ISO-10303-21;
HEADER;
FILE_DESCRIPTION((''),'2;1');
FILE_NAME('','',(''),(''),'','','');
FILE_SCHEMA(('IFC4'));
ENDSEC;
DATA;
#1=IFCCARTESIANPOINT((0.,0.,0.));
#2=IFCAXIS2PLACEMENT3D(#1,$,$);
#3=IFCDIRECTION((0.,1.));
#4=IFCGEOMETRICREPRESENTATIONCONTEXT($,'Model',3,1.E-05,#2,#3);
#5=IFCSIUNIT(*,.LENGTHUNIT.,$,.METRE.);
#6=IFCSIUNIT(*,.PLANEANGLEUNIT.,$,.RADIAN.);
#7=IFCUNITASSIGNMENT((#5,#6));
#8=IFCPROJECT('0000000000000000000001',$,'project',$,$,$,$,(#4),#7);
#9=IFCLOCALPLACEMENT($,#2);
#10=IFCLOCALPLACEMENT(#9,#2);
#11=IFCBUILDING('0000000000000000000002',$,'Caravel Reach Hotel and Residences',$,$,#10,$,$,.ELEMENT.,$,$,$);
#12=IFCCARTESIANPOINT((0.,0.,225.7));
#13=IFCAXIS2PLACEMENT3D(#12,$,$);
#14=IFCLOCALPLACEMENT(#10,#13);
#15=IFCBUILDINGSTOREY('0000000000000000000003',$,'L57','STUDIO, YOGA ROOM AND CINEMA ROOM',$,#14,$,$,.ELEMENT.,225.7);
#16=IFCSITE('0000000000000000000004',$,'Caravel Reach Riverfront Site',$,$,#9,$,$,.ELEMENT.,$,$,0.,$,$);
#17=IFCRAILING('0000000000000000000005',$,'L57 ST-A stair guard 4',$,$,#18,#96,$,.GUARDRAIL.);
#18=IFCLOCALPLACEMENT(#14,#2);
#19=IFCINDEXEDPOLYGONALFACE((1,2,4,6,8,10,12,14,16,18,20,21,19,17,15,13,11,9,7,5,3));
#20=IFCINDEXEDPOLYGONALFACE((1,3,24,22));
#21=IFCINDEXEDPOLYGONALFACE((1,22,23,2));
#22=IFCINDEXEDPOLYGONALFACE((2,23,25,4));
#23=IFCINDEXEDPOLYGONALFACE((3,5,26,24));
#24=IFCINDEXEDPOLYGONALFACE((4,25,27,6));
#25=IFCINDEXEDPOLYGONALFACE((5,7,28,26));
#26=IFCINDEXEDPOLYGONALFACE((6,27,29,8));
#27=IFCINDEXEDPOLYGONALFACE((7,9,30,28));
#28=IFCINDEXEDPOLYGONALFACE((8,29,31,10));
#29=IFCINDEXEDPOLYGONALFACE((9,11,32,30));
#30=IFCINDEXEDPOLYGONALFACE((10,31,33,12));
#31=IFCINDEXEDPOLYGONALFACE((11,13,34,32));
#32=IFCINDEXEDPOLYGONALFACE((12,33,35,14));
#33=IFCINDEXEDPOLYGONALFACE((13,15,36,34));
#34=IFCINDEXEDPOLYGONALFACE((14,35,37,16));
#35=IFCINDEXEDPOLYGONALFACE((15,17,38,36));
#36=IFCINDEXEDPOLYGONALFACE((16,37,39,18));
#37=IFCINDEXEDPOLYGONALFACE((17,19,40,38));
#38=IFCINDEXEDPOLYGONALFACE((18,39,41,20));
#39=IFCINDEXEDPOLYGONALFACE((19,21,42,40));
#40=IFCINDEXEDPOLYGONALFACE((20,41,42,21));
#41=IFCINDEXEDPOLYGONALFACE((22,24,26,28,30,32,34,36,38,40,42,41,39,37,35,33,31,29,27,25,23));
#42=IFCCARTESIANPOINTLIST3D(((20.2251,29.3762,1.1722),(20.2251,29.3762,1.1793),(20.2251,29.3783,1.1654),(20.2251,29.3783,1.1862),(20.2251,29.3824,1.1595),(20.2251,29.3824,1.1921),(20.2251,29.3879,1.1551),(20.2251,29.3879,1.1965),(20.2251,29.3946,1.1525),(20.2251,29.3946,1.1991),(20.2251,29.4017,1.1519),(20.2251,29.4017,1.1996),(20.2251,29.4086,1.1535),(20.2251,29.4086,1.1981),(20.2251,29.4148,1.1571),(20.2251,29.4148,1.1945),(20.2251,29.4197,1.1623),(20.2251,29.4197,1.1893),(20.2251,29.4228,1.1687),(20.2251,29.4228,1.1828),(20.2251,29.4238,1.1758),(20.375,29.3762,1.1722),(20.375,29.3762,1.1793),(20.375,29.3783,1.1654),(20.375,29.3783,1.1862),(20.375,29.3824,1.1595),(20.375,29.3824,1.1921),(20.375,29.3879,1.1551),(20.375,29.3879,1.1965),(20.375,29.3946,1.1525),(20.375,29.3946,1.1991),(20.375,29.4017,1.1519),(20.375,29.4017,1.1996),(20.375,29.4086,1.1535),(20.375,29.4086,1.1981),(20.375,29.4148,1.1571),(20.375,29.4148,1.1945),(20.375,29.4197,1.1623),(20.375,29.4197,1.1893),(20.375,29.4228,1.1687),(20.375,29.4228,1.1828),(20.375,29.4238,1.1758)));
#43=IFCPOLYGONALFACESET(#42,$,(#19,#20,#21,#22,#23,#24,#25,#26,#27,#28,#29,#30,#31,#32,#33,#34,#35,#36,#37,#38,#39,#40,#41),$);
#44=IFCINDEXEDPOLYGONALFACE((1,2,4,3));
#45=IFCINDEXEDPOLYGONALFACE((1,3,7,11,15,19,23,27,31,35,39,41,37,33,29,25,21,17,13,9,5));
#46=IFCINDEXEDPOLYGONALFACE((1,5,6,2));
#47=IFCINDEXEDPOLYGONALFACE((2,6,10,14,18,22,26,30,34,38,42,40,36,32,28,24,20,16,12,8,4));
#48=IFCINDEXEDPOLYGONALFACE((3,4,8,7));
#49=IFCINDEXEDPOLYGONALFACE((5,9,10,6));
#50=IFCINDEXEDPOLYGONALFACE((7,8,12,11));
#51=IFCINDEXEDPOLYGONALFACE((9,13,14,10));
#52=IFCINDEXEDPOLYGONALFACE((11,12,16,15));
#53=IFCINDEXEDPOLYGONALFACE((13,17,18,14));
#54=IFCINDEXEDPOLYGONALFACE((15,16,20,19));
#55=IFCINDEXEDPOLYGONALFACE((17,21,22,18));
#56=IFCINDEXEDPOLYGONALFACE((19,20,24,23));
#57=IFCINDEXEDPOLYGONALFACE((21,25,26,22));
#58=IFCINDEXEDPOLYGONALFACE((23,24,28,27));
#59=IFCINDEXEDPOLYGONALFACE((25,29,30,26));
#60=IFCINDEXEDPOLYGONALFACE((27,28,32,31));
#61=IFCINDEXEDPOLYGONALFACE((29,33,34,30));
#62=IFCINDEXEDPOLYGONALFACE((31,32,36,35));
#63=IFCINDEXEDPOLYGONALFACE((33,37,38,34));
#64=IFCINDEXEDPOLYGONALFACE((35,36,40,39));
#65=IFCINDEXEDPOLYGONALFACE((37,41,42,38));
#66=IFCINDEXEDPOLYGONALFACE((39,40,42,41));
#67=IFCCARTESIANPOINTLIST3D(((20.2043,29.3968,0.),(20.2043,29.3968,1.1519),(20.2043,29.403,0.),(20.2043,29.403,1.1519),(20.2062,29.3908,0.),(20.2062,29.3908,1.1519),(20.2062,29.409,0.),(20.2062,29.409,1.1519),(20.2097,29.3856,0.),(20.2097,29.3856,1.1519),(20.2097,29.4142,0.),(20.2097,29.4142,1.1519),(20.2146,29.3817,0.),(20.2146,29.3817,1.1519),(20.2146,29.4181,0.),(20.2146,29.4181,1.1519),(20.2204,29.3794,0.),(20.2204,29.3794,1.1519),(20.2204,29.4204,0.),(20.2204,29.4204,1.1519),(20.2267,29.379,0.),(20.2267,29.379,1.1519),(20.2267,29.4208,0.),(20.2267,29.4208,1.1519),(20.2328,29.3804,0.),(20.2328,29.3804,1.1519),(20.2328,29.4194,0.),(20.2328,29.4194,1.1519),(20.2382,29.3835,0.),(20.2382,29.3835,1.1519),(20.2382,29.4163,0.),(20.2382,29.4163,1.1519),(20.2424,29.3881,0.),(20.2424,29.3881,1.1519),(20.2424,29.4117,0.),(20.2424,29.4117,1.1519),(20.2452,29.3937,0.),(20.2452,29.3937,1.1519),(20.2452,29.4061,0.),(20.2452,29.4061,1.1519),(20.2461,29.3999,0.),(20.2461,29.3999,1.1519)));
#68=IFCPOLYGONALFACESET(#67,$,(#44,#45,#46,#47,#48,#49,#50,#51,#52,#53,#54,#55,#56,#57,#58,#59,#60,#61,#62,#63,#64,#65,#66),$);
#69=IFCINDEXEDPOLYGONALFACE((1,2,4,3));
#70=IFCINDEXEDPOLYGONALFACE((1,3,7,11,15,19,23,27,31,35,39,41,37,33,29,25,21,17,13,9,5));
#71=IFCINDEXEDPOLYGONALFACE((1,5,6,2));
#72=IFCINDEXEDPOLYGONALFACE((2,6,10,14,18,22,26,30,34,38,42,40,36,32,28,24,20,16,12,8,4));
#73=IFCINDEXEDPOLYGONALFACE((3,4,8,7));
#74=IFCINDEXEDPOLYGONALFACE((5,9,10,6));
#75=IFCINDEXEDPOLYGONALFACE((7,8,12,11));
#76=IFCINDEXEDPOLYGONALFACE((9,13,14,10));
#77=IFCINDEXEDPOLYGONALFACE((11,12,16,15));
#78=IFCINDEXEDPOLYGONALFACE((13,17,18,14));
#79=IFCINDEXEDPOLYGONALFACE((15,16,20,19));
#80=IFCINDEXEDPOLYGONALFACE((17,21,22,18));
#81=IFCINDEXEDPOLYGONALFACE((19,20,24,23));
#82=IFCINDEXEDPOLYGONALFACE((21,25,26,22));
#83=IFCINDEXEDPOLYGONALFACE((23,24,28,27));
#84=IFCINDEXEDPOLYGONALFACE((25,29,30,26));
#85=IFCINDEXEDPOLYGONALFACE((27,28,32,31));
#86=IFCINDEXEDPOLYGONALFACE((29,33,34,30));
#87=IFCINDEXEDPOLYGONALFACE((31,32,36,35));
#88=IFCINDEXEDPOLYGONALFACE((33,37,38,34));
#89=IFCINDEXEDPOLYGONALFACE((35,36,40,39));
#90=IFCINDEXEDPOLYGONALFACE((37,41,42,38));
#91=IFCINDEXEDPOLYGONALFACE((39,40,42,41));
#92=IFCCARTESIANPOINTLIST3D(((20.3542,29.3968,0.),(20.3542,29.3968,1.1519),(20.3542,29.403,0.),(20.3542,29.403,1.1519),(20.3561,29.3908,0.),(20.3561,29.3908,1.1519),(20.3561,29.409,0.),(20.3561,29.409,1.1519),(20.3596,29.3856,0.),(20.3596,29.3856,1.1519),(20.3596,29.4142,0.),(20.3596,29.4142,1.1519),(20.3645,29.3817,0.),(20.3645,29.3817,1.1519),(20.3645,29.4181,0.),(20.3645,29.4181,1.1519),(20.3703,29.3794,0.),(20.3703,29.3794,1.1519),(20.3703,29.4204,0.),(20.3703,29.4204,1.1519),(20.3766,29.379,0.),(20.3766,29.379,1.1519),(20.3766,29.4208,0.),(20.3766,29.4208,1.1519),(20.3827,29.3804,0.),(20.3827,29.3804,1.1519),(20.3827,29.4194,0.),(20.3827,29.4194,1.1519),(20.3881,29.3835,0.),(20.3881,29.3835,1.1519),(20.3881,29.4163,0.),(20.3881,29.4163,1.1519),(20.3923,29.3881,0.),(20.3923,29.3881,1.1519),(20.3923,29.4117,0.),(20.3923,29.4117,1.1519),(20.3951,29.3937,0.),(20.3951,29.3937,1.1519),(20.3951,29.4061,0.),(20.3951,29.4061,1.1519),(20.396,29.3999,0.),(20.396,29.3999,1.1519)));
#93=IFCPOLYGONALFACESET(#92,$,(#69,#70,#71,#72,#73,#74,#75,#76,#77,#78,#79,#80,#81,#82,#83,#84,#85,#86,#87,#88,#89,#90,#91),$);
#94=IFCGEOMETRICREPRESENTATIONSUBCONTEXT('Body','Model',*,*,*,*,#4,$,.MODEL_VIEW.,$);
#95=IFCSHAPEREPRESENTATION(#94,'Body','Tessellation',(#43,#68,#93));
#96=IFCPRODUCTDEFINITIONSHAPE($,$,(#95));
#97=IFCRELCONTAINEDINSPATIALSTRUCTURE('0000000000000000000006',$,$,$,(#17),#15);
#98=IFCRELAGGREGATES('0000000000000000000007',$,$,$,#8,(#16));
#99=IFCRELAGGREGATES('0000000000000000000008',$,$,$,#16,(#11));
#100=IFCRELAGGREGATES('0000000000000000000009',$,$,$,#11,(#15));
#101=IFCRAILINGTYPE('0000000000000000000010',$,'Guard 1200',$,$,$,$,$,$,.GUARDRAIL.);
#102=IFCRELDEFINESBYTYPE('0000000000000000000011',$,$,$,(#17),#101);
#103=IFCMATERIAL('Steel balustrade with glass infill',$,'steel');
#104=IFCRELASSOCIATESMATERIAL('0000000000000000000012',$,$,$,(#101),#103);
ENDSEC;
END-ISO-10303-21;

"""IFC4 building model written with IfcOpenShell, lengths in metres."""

from ifc_helpers import new_model, si_unit, direction, frame, origin, origin_2d, place, context, subcontext, project, spatial, circle, extrude, material, type_object, element, save


model = new_model("IFC4")

# Units and contexts
model_context = context("Model", 3, precision=1e-05, world=origin(), true_north=direction((0.0, 1.0)))
body_context = subcontext(model_context, "Body", "Model", "MODEL_VIEW")
ifc_project = project(units=[si_unit("LENGTHUNIT", "METRE"), si_unit("PLANEANGLEUNIT", "RADIAN")], contexts=[model_context])

# Site, building, storey
site_placement = place(None, origin())
site = spatial("IfcSite", under=ifc_project, at=site_placement, Name="Caravel Reach Riverfront Site", CompositionType="ELEMENT", RefElevation=0.0)
building_placement = place(site_placement, origin())
building = spatial("IfcBuilding", under=site, at=building_placement, Name="Caravel Reach Hotel and Residences", CompositionType="ELEMENT")
storey_placement = place(building_placement, frame((0.0, 0.0, 225.7)))
storey = spatial("IfcBuildingStorey", under=building, at=storey_placement, Name="L57", Description="STUDIO, YOGA ROOM AND CINEMA ROOM", CompositionType="ELEMENT", Elevation=225.7)

# Railing
ifc_material_1 = material(Name="Steel balustrade with glass infill", Category="steel")
railing_type_1 = type_object("IfcRailingType", Name="Guard 1200", PredefinedType="GUARDRAIL", material=ifc_material_1)
railing_1_placement = place(storey_placement, frame((20.2251, 29.3999, 0.0)))
element("IfcRailing", 1, at=railing_1_placement, inside=storey, type_object=railing_type_1, Name="L57 ST-A stair guard 4", PredefinedType="GUARDRAIL", context=body_context, shape_type="SweptSolid", body=[
    extrude(circle(Radius=0.0239, at=origin_2d()), frame((0.0, 0.0, 1.1758), z_axis=(1.0, 0.0, 0.0), x_axis=(0.0, 1.0, 0.0)), (0.0, 0.0, 1.0), 0.1499),
    extrude(circle(Radius=0.021, at=origin_2d()), origin(), (0.0, 0.0, 1.0), 1.1519),
    extrude(circle(Radius=0.021, at=origin_2d()), frame((0.1499, 0.0, 0.0)), (0.0, 0.0, 1.0), 1.1519),
])

save(model, "model.ifc")
